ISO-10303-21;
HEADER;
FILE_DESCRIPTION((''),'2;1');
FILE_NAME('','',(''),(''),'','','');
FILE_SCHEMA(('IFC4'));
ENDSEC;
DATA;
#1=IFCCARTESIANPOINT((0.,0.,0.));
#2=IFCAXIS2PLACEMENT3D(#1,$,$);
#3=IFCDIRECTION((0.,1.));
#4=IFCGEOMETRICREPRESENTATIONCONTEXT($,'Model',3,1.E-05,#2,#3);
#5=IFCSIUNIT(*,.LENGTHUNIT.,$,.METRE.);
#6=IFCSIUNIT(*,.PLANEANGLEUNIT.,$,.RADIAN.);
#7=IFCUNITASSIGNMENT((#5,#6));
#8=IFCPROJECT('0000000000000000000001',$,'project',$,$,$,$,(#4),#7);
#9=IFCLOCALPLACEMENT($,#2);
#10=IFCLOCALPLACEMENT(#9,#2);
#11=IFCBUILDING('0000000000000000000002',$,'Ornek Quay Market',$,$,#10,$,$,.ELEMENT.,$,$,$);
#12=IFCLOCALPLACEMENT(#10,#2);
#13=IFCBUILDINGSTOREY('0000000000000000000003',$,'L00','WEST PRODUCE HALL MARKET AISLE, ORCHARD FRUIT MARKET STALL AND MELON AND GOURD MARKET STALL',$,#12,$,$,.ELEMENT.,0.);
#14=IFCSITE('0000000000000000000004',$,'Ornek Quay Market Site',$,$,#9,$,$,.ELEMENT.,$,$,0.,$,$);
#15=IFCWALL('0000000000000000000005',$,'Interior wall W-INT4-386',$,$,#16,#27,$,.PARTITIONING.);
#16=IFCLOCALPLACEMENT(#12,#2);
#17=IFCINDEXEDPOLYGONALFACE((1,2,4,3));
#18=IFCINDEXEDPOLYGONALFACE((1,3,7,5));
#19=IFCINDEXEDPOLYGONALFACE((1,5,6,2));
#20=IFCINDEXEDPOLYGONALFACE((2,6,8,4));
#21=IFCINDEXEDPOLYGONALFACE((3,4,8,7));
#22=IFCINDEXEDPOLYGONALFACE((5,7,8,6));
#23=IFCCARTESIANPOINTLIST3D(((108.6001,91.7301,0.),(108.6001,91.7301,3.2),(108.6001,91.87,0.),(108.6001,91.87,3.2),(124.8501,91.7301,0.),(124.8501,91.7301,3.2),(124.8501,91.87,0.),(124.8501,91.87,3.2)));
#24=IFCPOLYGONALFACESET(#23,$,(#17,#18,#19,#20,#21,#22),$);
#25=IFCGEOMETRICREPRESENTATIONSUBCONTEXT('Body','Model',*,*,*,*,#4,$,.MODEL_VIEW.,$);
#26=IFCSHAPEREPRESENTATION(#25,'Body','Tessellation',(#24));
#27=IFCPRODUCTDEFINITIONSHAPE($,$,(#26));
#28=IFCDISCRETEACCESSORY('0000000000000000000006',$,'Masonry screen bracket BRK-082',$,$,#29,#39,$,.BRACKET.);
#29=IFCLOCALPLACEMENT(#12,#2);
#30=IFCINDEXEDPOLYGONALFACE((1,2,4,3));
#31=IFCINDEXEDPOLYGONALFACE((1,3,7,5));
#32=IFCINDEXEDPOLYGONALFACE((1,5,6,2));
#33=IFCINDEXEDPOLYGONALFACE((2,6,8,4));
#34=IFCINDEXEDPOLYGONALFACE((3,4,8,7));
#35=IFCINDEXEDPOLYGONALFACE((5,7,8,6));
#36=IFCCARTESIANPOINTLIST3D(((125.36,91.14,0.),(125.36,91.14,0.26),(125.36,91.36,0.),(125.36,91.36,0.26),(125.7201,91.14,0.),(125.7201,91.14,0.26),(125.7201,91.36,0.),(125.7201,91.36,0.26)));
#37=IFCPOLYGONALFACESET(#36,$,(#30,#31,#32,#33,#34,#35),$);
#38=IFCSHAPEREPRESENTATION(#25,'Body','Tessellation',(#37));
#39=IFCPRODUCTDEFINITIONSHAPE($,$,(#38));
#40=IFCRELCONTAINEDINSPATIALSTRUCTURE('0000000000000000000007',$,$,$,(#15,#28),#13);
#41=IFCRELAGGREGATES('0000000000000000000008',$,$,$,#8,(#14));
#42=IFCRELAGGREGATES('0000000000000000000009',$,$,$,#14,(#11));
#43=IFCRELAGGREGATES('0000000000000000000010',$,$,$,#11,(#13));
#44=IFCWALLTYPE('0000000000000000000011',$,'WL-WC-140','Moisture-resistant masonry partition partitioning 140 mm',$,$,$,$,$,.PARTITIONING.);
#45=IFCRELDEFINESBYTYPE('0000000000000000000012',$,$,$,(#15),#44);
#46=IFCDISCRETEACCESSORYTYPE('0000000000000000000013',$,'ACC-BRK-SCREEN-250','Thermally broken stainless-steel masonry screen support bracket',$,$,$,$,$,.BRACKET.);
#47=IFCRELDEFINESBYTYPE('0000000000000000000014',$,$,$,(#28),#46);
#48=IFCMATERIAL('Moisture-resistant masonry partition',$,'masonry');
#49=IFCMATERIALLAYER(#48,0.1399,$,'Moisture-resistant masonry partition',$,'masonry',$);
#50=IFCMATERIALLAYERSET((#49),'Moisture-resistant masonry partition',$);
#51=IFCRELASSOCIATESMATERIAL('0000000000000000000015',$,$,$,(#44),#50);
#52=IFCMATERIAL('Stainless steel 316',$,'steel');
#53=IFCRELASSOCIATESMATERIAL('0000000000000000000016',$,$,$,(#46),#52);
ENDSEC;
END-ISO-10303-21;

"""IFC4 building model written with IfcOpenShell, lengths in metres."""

from ifc_helpers import new_model, si_unit, direction, frame, frame_2d, origin, origin_2d, place, context, subcontext, project, spatial, rectangle, extrude, material, layer, layer_set, type_object, element, save


model = new_model("IFC4")

# Units and contexts
model_context = context("Model", 3, precision=1e-05, world=origin(), true_north=direction((0.0, 1.0)))
body_context = subcontext(model_context, "Body", "Model", "MODEL_VIEW")
ifc_project = project(units=[si_unit("LENGTHUNIT", "METRE"), si_unit("PLANEANGLEUNIT", "RADIAN")], contexts=[model_context])

# Site, building, storey
site_placement = place(None, origin())
site = spatial("IfcSite", under=ifc_project, at=site_placement, Name="Ornek Quay Market Site", CompositionType="ELEMENT", RefElevation=0.0)
building_placement = place(site_placement, origin())
building = spatial("IfcBuilding", under=site, at=building_placement, Name="Ornek Quay Market", CompositionType="ELEMENT")
storey_placement = place(building_placement, origin())
storey = spatial("IfcBuildingStorey", under=building, at=storey_placement, Name="L00", Description="WEST PRODUCE HALL MARKET AISLE, ORCHARD FRUIT MARKET STALL AND MELON AND GOURD MARKET STALL", CompositionType="ELEMENT", Elevation=0.0)

# Wall
ifc_material_1 = material(Name="Moisture-resistant masonry partition", Category="masonry")
ifc_layer_1 = layer(ifc_material_1, 0.1399, Name="Moisture-resistant masonry partition", Category="masonry")
ifc_layer_set_1 = layer_set([ifc_layer_1], Name="Moisture-resistant masonry partition")
wall_type = type_object("IfcWallType", Name="WL-WC-140", Description="Moisture-resistant masonry partition partitioning 140 mm", PredefinedType="PARTITIONING", material=ifc_layer_set_1)
wall_placement = place(storey_placement, frame((108.6001, 91.8, 0.0), z_axis=(0.0, 0.0, 1.0), x_axis=(1.0, 0.0, 0.0)))
element("IfcWall", 1, at=wall_placement, inside=storey, type_object=wall_type, Name="Interior wall W-INT4-386", PredefinedType="PARTITIONING", context=body_context, shape_type="SweptSolid", body=[
    extrude(rectangle(XDim=16.25, YDim=0.1399, at=frame_2d((8.125, 0.0))), origin(), (0.0, 0.0, 1.0), 3.2),
])

# Discrete accessory
ifc_material_2 = material(Name="Stainless steel 316", Category="steel")
discrete_accessory_type = type_object("IfcDiscreteAccessoryType", Name="ACC-BRK-SCREEN-250", Description="Thermally broken stainless-steel masonry screen support bracket", PredefinedType="BRACKET", material=ifc_material_2)
discrete_accessory_placement = place(storey_placement, frame((125.54, 91.25, 0.0), z_axis=(0.0, 0.0, 1.0), x_axis=(0.0, 1.0, 0.0)))
element("IfcDiscreteAccessory", 2, at=discrete_accessory_placement, inside=storey, type_object=discrete_accessory_type, Name="Masonry screen bracket BRK-082", PredefinedType="BRACKET", context=body_context, shape_type="SweptSolid", body=[
    extrude(rectangle(XDim=0.22, YDim=0.3601, at=origin_2d()), origin(), (0.0, 0.0, 1.0), 0.26),
])

save(model, "model.ifc")
